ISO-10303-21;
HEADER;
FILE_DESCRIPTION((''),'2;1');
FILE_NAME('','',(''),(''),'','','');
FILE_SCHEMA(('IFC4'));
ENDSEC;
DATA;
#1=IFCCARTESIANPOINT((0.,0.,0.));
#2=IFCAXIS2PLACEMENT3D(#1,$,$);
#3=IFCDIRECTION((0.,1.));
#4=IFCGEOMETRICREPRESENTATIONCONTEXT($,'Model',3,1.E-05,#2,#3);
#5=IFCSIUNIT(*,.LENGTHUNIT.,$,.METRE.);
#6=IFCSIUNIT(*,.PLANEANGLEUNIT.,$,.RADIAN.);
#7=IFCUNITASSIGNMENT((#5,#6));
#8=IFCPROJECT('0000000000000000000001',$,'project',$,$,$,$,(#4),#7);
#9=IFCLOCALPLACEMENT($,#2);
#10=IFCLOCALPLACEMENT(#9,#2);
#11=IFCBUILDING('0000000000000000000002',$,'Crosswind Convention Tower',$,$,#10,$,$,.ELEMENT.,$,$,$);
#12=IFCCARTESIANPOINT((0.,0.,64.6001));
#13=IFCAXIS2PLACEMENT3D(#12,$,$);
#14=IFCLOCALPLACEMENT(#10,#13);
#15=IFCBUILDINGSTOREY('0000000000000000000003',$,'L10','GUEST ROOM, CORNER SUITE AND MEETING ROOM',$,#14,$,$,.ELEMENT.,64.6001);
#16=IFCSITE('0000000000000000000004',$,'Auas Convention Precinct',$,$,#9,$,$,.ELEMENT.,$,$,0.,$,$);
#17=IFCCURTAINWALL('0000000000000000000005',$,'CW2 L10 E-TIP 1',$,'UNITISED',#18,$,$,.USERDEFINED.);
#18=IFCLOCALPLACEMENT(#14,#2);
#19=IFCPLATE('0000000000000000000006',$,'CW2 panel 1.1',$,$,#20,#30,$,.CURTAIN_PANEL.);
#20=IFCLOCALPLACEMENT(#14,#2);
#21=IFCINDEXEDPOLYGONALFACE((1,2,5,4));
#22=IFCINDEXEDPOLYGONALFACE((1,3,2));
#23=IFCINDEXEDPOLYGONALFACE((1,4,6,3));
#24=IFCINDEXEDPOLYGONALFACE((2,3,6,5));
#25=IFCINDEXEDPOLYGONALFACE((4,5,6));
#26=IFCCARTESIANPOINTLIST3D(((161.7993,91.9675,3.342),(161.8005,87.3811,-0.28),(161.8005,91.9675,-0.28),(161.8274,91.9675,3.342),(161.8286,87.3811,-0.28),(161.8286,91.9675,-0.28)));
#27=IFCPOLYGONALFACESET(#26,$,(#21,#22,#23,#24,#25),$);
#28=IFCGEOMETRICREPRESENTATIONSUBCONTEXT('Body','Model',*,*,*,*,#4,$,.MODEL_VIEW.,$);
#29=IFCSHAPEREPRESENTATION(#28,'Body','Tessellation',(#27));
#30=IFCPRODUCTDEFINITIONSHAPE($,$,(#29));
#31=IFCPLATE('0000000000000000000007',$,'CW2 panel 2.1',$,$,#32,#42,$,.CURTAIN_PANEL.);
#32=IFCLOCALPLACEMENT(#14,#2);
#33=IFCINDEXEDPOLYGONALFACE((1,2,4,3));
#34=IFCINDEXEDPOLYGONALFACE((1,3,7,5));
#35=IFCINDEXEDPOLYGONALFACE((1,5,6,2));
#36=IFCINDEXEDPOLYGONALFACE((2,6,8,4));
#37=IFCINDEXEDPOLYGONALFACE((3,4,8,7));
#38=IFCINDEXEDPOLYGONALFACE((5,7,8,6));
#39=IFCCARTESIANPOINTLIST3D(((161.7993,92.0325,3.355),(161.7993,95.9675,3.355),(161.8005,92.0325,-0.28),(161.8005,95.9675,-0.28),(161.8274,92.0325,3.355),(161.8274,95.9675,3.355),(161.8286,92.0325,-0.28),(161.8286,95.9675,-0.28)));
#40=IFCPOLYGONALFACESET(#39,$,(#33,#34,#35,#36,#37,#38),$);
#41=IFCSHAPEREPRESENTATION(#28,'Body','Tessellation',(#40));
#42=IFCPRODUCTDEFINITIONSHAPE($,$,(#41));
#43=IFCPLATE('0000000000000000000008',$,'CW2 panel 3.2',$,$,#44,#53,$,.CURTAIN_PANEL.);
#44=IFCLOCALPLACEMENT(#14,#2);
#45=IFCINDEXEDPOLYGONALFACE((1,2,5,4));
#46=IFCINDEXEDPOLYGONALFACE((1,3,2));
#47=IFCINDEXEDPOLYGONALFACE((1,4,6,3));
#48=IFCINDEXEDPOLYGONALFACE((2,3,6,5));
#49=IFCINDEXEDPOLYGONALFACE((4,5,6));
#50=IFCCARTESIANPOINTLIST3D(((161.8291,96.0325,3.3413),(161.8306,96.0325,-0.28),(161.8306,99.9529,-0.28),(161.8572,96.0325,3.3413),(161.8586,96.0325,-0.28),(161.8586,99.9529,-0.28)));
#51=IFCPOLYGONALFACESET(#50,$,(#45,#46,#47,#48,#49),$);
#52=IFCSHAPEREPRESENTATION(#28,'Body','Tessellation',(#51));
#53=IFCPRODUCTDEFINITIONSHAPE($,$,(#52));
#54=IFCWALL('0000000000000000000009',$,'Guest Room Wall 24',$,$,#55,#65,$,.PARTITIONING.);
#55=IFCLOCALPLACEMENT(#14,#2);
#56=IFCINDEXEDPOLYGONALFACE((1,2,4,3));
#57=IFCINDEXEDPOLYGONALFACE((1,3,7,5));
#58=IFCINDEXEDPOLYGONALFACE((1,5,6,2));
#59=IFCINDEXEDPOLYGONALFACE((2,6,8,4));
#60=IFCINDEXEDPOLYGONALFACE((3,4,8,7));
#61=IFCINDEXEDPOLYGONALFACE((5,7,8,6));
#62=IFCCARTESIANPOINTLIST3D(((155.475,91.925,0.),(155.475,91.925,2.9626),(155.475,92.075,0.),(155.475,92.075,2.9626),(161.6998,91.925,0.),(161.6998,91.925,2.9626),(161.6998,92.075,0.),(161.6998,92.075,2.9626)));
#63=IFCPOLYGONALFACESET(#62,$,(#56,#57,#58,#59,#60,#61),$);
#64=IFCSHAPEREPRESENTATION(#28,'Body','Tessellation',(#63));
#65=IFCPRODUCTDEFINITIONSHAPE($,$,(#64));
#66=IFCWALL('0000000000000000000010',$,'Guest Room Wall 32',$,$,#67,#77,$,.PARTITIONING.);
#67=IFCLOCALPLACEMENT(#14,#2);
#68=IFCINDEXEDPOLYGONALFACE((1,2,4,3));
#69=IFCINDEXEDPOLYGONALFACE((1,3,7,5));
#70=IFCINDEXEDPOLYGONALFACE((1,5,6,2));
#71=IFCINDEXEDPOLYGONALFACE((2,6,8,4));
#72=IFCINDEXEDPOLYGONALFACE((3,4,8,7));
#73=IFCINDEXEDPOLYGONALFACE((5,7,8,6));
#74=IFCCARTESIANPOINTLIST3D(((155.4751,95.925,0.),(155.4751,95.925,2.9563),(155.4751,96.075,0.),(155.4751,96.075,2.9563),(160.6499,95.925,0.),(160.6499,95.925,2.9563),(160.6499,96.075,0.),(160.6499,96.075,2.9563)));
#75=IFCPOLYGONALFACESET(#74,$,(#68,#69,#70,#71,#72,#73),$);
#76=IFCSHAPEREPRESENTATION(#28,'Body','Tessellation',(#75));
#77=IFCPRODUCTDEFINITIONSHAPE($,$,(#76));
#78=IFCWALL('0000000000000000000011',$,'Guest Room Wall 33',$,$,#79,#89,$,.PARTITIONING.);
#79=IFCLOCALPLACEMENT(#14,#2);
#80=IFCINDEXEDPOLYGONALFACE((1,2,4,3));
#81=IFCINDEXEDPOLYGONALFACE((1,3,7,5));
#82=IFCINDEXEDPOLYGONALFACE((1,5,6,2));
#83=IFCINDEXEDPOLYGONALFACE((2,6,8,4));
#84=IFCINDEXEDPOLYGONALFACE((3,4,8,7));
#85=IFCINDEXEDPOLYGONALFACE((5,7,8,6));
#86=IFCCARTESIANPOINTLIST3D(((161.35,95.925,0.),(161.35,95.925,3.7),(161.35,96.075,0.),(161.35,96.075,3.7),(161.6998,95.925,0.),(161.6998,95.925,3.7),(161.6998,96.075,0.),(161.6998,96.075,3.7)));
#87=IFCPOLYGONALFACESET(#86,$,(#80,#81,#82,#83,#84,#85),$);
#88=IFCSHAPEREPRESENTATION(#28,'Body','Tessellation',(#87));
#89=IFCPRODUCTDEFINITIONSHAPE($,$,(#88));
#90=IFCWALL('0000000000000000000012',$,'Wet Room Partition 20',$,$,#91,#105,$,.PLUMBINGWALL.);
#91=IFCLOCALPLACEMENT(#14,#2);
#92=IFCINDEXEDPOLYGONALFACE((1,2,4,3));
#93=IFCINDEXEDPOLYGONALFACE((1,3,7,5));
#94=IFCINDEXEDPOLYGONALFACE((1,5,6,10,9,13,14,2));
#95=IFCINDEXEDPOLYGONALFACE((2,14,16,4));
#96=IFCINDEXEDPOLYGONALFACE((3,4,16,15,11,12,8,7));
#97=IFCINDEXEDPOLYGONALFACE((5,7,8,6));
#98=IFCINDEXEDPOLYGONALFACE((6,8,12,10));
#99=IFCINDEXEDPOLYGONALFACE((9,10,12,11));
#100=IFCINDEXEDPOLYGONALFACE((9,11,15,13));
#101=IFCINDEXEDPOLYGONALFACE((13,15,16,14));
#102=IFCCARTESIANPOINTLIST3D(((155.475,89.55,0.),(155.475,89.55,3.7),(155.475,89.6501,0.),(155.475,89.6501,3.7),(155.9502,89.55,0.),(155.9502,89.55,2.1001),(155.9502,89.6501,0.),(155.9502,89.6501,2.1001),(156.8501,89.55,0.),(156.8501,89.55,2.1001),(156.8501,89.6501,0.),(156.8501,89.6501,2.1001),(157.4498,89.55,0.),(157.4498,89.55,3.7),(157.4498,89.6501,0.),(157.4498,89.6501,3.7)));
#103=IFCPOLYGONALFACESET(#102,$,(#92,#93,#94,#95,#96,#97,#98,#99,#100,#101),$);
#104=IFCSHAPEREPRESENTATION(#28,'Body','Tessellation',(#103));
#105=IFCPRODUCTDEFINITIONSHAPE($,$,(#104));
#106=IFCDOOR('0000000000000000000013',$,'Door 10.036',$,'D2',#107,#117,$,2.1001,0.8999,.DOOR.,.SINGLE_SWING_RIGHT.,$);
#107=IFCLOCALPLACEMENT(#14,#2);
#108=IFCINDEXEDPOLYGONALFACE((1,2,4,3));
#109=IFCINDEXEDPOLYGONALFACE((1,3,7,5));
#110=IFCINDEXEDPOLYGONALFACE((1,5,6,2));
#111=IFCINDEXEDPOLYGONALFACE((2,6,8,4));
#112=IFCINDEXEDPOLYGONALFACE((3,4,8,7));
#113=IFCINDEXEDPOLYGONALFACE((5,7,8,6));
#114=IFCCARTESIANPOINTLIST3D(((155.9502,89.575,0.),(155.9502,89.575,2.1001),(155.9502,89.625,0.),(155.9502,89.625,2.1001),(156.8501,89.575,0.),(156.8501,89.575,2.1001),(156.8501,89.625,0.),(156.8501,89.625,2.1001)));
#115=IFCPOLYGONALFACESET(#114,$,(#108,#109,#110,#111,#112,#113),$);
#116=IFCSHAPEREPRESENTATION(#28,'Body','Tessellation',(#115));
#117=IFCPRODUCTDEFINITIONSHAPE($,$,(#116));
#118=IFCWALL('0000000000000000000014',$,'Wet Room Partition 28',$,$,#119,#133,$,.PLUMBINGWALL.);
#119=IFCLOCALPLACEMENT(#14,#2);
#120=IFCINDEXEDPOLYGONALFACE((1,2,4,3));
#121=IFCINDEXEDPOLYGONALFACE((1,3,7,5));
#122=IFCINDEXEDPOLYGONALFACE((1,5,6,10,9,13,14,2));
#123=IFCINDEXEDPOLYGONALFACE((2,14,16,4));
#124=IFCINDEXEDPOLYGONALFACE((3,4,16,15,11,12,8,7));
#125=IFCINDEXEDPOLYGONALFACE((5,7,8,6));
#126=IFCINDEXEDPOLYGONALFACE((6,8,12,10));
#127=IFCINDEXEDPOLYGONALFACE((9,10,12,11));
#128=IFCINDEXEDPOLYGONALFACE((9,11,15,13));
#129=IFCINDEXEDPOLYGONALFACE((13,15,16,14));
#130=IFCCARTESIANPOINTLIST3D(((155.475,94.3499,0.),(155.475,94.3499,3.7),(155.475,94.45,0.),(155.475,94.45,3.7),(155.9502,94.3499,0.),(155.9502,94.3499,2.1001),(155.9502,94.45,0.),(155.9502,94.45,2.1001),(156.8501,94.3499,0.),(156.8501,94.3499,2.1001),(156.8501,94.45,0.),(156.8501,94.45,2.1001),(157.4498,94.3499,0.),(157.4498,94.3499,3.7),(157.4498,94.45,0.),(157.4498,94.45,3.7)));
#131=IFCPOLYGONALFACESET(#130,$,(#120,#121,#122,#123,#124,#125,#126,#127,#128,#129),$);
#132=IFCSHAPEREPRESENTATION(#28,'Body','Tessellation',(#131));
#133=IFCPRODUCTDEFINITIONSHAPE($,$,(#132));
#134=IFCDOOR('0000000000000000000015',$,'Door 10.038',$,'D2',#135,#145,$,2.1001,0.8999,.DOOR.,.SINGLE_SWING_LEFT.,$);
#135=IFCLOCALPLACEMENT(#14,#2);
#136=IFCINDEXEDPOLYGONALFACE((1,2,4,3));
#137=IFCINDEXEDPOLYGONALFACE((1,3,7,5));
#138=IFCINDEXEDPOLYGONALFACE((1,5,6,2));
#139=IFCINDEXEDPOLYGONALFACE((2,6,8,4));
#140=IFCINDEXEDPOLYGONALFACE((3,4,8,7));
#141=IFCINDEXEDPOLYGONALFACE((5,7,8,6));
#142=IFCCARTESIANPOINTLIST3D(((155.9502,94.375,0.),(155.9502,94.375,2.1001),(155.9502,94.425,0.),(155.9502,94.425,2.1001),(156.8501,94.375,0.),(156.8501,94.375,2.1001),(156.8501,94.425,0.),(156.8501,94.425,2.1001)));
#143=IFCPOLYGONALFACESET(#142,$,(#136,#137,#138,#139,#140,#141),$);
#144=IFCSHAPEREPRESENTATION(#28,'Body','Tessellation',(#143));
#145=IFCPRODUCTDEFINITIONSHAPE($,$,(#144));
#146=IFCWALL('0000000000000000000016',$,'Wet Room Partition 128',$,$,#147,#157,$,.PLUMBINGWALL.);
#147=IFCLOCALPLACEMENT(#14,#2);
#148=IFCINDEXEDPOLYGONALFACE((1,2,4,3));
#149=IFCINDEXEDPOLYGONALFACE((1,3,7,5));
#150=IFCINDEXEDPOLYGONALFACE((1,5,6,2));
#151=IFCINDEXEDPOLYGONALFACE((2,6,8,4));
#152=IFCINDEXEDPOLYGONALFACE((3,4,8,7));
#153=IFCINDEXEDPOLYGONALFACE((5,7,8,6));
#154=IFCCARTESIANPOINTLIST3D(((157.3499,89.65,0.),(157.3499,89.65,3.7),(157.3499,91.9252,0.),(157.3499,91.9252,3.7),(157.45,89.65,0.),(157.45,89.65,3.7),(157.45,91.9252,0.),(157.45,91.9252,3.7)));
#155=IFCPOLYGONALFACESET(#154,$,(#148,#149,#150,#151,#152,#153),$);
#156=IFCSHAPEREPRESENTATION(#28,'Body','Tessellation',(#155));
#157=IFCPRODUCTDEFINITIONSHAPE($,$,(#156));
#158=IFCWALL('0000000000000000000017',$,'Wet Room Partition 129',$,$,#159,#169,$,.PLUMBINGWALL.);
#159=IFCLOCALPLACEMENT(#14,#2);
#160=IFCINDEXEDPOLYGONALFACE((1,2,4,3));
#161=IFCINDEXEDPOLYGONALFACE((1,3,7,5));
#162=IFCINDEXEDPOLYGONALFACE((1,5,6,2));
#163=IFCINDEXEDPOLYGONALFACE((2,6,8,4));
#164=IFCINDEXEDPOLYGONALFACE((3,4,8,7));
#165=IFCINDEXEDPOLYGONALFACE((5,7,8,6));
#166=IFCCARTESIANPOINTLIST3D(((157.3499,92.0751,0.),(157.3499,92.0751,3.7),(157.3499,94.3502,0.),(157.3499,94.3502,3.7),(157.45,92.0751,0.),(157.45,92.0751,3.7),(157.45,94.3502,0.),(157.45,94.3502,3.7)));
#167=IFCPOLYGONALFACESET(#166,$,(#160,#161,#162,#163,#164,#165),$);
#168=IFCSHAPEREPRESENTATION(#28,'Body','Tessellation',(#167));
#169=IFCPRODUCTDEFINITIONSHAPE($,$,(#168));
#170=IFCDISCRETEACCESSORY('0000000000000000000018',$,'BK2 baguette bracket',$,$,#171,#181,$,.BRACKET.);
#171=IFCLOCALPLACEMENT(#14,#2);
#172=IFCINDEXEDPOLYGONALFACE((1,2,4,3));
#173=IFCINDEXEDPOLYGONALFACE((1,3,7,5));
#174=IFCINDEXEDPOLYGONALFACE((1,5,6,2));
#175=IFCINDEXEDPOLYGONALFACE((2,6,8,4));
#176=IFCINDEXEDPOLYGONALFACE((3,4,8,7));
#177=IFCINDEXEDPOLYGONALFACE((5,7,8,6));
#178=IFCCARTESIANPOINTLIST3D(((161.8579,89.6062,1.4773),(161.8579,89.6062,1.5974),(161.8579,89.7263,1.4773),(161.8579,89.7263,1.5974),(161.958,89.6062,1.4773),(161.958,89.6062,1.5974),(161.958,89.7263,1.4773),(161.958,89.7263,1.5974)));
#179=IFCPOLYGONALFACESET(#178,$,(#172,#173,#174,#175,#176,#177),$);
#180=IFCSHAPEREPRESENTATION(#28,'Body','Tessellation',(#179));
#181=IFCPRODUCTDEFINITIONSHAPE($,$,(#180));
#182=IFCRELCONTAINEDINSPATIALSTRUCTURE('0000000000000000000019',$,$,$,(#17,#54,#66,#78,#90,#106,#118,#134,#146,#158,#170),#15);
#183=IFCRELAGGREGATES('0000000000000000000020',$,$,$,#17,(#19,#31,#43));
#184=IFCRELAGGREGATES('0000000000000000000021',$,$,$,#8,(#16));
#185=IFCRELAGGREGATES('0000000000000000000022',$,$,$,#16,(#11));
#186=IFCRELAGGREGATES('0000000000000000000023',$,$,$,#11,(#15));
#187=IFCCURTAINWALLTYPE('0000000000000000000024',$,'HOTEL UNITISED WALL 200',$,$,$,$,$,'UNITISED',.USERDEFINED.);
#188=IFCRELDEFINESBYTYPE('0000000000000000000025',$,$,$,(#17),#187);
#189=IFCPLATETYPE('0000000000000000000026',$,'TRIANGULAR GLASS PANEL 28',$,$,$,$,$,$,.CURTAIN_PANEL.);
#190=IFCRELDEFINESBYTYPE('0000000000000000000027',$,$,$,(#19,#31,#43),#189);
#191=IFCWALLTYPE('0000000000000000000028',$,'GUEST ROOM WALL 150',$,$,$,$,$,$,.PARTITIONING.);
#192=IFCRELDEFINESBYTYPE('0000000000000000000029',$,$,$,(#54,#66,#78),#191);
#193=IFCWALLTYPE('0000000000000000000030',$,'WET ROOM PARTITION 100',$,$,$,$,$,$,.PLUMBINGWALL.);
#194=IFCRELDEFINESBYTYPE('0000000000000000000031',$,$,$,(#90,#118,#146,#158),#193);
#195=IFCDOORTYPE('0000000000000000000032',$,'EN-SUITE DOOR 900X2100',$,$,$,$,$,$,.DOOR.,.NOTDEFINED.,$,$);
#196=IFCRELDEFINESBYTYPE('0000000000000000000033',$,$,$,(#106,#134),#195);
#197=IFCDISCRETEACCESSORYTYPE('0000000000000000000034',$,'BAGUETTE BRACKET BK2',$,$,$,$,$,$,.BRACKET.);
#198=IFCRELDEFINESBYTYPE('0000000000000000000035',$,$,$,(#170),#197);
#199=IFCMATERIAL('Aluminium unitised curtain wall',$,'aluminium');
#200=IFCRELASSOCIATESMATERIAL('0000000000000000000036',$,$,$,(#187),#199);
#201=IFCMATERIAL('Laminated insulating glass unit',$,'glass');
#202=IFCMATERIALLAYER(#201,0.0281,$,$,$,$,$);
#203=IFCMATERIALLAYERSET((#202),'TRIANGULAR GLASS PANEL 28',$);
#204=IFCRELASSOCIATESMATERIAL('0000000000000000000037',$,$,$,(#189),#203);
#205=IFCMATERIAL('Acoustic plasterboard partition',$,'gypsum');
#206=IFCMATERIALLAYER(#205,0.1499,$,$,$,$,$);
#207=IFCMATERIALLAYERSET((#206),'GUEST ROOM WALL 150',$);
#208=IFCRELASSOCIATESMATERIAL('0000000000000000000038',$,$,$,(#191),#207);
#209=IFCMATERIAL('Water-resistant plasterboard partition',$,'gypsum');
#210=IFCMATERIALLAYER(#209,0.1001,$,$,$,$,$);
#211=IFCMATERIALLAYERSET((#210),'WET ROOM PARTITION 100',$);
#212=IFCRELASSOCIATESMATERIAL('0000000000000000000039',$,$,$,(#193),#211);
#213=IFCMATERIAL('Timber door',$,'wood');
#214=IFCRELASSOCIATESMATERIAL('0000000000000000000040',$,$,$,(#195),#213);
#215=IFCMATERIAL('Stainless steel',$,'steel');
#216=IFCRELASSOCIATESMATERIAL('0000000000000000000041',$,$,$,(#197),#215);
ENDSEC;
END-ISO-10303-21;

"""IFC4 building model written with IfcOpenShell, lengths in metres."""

from ifc_helpers import new_model, si_unit, direction, frame, frame_2d, origin, origin_2d, place, context, subcontext, project, spatial, polyline, rectangle, outline, extrude, material, layer, layer_set, type_object, element, fill, aggregate, save


model = new_model("IFC4")

# Units and contexts
model_context = context("Model", 3, precision=1e-05, world=origin(), true_north=direction((0.0, 1.0)))
body_context = subcontext(model_context, "Body", "Model", "MODEL_VIEW")
ifc_project = project(units=[si_unit("LENGTHUNIT", "METRE"), si_unit("PLANEANGLEUNIT", "RADIAN")], contexts=[model_context])

# Site, building, storey
site_placement = place(None, origin())
site = spatial("IfcSite", under=ifc_project, at=site_placement, Name="Auas Convention Precinct", CompositionType="ELEMENT", RefElevation=0.0)
building_placement = place(site_placement, origin())
building = spatial("IfcBuilding", under=site, at=building_placement, Name="Crosswind Convention Tower", CompositionType="ELEMENT")
storey_placement = place(building_placement, frame((0.0, 0.0, 64.6001)))
storey = spatial("IfcBuildingStorey", under=building, at=storey_placement, Name="L10", Description="GUEST ROOM, CORNER SUITE AND MEETING ROOM", CompositionType="ELEMENT", Elevation=64.6001)

# Curtain wall, plates
ifc_material_1 = material(Name="Aluminium unitised curtain wall", Category="aluminium")
curtain_wall_type = type_object("IfcCurtainWallType", Name="HOTEL UNITISED WALL 200", ElementType="UNITISED", PredefinedType="USERDEFINED", material=ifc_material_1)
curtain_wall_placement = place(storey_placement, origin())
curtain_wall = element("IfcCurtainWall", 1, at=curtain_wall_placement, inside=storey, type_object=curtain_wall_type, Name="CW2 L10 E-TIP 1", ObjectType="UNITISED", PredefinedType="USERDEFINED")
ifc_material_2 = material(Name="Laminated insulating glass unit", Category="glass")
ifc_layer_1 = layer(ifc_material_2, 0.0281)
ifc_layer_set_1 = layer_set([ifc_layer_1], Name="TRIANGULAR GLASS PANEL 28")
plate_type = type_object("IfcPlateType", Name="TRIANGULAR GLASS PANEL 28", PredefinedType="CURTAIN_PANEL", material=ifc_layer_set_1)
plate_1_placement = place(storey_placement, frame((161.8286, 91.9675, -0.28), z_axis=(1.0, 0.0, 0.000337), x_axis=(-0.000337, 0.0, 1.0)))
plate_1 = element("IfcPlate", 2, at=plate_1_placement, type_object=plate_type, Name="CW2 panel 1.1", PredefinedType="CURTAIN_PANEL", context=body_context, shape_type="SweptSolid", body=[
    extrude(outline(polyline([(0.0, 0.0), (3.6221, 0.0), (0.0, 4.5864), (0.0, 0.0)])), origin(), (0.0, 0.0, -1.0), 0.0281),
])
plate_2_placement = place(storey_placement, frame((161.8286, 92.0325, -0.28), z_axis=(1.0, 0.0, 0.000336), x_axis=(0.0, 1.0, 0.0)))
plate_2 = element("IfcPlate", 3, at=plate_2_placement, type_object=plate_type, Name="CW2 panel 2.1", PredefinedType="CURTAIN_PANEL", context=body_context, shape_type="SweptSolid", body=[
    extrude(outline(polyline([(0.0, 0.0), (3.9351, 0.0), (3.9351, 3.635), (0.0, 3.635), (0.0, 0.0)])), origin(), (0.0, 0.0, -1.0), 0.0281),
])
plate_3_placement = place(storey_placement, frame((161.8586, 96.0325, -0.28), z_axis=(1.0, 0.0, 0.000405), x_axis=(0.0, 1.0, 0.0)))
plate_3 = element("IfcPlate", 4, at=plate_3_placement, type_object=plate_type, Name="CW2 panel 3.2", PredefinedType="CURTAIN_PANEL", context=body_context, shape_type="SweptSolid", body=[
    extrude(outline(polyline([(0.0, 0.0), (3.9204, 0.0), (0.0, 3.6213), (0.0, 0.0)])), origin(), (0.0, 0.0, -1.0), 0.0281),
])
aggregate(curtain_wall, [plate_1, plate_2, plate_3])

# Walls
ifc_material_3 = material(Name="Acoustic plasterboard partition", Category="gypsum")
ifc_layer_2 = layer(ifc_material_3, 0.1499)
ifc_layer_set_2 = layer_set([ifc_layer_2], Name="GUEST ROOM WALL 150")
wall_type_1 = type_object("IfcWallType", Name="GUEST ROOM WALL 150", PredefinedType="PARTITIONING", material=ifc_layer_set_2)
wall_1_placement = place(storey_placement, frame((155.4751, 92.0, 0.0), z_axis=(0.0, 0.0, 1.0), x_axis=(1.0, 0.0, 0.0)))
element("IfcWall", 5, at=wall_1_placement, inside=storey, type_object=wall_type_1, Name="Guest Room Wall 24", PredefinedType="PARTITIONING", context=body_context, shape_type="SweptSolid", body=[
    extrude(rectangle(XDim=6.2249, YDim=0.1499, at=frame_2d((3.1123, 0.0))), origin(), (0.0, 0.0, 1.0), 2.9626),
])
wall_2_placement = place(storey_placement, frame((155.4751, 96.0, 0.0), z_axis=(0.0, 0.0, 1.0), x_axis=(1.0, 0.0, 0.0)))
element("IfcWall", 6, at=wall_2_placement, inside=storey, type_object=wall_type_1, Name="Guest Room Wall 32", PredefinedType="PARTITIONING", context=body_context, shape_type="SweptSolid", body=[
    extrude(rectangle(XDim=5.1748, YDim=0.1499, at=frame_2d((2.5874, 0.0))), origin(), (0.0, 0.0, 1.0), 2.9563),
])
wall_3_placement = place(storey_placement, frame((161.3501, 96.0, 0.0), z_axis=(0.0, 0.0, 1.0), x_axis=(1.0, 0.0, 0.0)))
element("IfcWall", 7, at=wall_3_placement, inside=storey, type_object=wall_type_1, Name="Guest Room Wall 33", PredefinedType="PARTITIONING", context=body_context, shape_type="SweptSolid", body=[
    extrude(rectangle(XDim=0.3499, YDim=0.1499, at=frame_2d((0.1748, 0.0))), origin(), (0.0, 0.0, 1.0), 3.7),
])

# Walls, openings, doors
ifc_material_4 = material(Name="Water-resistant plasterboard partition", Category="gypsum")
ifc_layer_3 = layer(ifc_material_4, 0.1001)
ifc_layer_set_3 = layer_set([ifc_layer_3], Name="WET ROOM PARTITION 100")
wall_type_2 = type_object("IfcWallType", Name="WET ROOM PARTITION 100", PredefinedType="PLUMBINGWALL", material=ifc_layer_set_3)
wall_4_placement = place(storey_placement, frame((155.4751, 89.6001, 0.0), z_axis=(0.0, 0.0, 1.0), x_axis=(1.0, 0.0, 0.0)))
wall_4 = element("IfcWall", 8, at=wall_4_placement, inside=storey, type_object=wall_type_2, Name="Wet Room Partition 20", PredefinedType="PLUMBINGWALL", context=body_context, shape_type="SweptSolid", body=[
    extrude(rectangle(XDim=1.9749, YDim=0.1001, at=frame_2d((0.9873, 0.0))), origin(), (0.0, 0.0, 1.0), 3.7),
])
opening_1_placement = place(wall_4_placement, frame((0.4751, 0.0, 0.0)))
opening_1 = element("IfcOpeningElement", 9, at=opening_1_placement, cuts=wall_4, PredefinedType="OPENING", context=body_context, shape_type="SweptSolid", body=[
    extrude(rectangle(XDim=0.8999, YDim=2.1001, at=frame_2d((0.45, 1.05))), frame((0.0, 0.0601, 0.0), z_axis=(0.0, -1.0, 0.0), x_axis=(1.0, 0.0, 0.0)), (0.0, 0.0, 1.0), 0.1201),
])
ifc_material_5 = material(Name="Timber door", Category="wood")
door_type = type_object("IfcDoorType", Name="EN-SUITE DOOR 900X2100", OperationType="NOTDEFINED", PredefinedType="DOOR", material=ifc_material_5)
door_1_placement = place(opening_1_placement, origin())
door_1 = element("IfcDoor", 10, at=door_1_placement, inside=storey, type_object=door_type, Name="Door 10.036", ObjectType="D2", OperationType="SINGLE_SWING_RIGHT", OverallHeight=2.1001, OverallWidth=0.8999, PredefinedType="DOOR", context=body_context, shape_type="SweptSolid", body=[
    extrude(rectangle(XDim=0.8999, YDim=2.1001, at=frame_2d((0.45, 1.05))), frame((0.0, 0.0249, 0.0), z_axis=(0.0, -1.0, 0.0), x_axis=(1.0, 0.0, 0.0)), (0.0, 0.0, 1.0), 0.05),
])
fill(opening_1, door_1)
wall_5_placement = place(storey_placement, frame((155.4751, 94.3999, 0.0), z_axis=(0.0, 0.0, 1.0), x_axis=(1.0, 0.0, 0.0)))
wall_5 = element("IfcWall", 11, at=wall_5_placement, inside=storey, type_object=wall_type_2, Name="Wet Room Partition 28", PredefinedType="PLUMBINGWALL", context=body_context, shape_type="SweptSolid", body=[
    extrude(rectangle(XDim=1.9749, YDim=0.1001, at=frame_2d((0.9873, 0.0))), origin(), (0.0, 0.0, 1.0), 3.7),
])
opening_2_placement = place(wall_5_placement, frame((0.4751, 0.0, 0.0)))
opening_2 = element("IfcOpeningElement", 12, at=opening_2_placement, cuts=wall_5, PredefinedType="OPENING", context=body_context, shape_type="SweptSolid", body=[
    extrude(rectangle(XDim=0.8999, YDim=2.1001, at=frame_2d((0.45, 1.05))), frame((0.0, 0.0601, 0.0), z_axis=(0.0, -1.0, 0.0), x_axis=(1.0, 0.0, 0.0)), (0.0, 0.0, 1.0), 0.1201),
])
door_2_placement = place(opening_2_placement, frame((0.8999, 0.0, 0.0), z_axis=(0.0, 0.0, 1.0), x_axis=(-1.0, 0.0, 0.0)))
door_2 = element("IfcDoor", 13, at=door_2_placement, inside=storey, type_object=door_type, Name="Door 10.038", ObjectType="D2", OperationType="SINGLE_SWING_LEFT", OverallHeight=2.1001, OverallWidth=0.8999, PredefinedType="DOOR", context=body_context, shape_type="SweptSolid", body=[
    extrude(rectangle(XDim=0.8999, YDim=2.1001, at=frame_2d((0.45, 1.05))), frame((0.0, 0.0249, 0.0), z_axis=(0.0, -1.0, 0.0), x_axis=(1.0, 0.0, 0.0)), (0.0, 0.0, 1.0), 0.05),
])
fill(opening_2, door_2)

# Walls
for number, where, z_axis, x_axis, name in (
    (14, (157.3999, 89.6499, 0.0), (0.0, 0.0, 1.0), (0.0, 1.0, 0.0), "Wet Room Partition 128"),
    (15, (157.3999, 92.075, 0.0), (0.0, 0.0, 1.0), (0.0, 1.0, 0.0), "Wet Room Partition 129"),
):
    element("IfcWall", number, at=place(storey_placement, frame(where, z_axis=z_axis, x_axis=x_axis)), inside=storey, type_object=wall_type_2, Name=name, PredefinedType="PLUMBINGWALL", context=body_context, shape_type="SweptSolid", body=[
        extrude(rectangle(XDim=2.2751, YDim=0.1001, at=frame_2d((1.1377, 0.0))), origin(), (0.0, 0.0, 1.0), 3.7),
    ])

# Discrete accessory
ifc_material_6 = material(Name="Stainless steel", Category="steel")
discrete_accessory_type = type_object("IfcDiscreteAccessoryType", Name="BAGUETTE BRACKET BK2", PredefinedType="BRACKET", material=ifc_material_6)
discrete_accessory_placement = place(storey_placement, frame((161.908, 89.6663, 1.4773), z_axis=(0.0, 0.0, 1.0), x_axis=(0.0, 1.0, 0.0)))
element("IfcDiscreteAccessory", 16, at=discrete_accessory_placement, inside=storey, type_object=discrete_accessory_type, Name="BK2 baguette bracket", PredefinedType="BRACKET", context=body_context, shape_type="SweptSolid", body=[
    extrude(rectangle(XDim=0.1201, YDim=0.1001, at=origin_2d()), origin(), (0.0, 0.0, 1.0), 0.1201),
])

save(model, "model.ifc")
